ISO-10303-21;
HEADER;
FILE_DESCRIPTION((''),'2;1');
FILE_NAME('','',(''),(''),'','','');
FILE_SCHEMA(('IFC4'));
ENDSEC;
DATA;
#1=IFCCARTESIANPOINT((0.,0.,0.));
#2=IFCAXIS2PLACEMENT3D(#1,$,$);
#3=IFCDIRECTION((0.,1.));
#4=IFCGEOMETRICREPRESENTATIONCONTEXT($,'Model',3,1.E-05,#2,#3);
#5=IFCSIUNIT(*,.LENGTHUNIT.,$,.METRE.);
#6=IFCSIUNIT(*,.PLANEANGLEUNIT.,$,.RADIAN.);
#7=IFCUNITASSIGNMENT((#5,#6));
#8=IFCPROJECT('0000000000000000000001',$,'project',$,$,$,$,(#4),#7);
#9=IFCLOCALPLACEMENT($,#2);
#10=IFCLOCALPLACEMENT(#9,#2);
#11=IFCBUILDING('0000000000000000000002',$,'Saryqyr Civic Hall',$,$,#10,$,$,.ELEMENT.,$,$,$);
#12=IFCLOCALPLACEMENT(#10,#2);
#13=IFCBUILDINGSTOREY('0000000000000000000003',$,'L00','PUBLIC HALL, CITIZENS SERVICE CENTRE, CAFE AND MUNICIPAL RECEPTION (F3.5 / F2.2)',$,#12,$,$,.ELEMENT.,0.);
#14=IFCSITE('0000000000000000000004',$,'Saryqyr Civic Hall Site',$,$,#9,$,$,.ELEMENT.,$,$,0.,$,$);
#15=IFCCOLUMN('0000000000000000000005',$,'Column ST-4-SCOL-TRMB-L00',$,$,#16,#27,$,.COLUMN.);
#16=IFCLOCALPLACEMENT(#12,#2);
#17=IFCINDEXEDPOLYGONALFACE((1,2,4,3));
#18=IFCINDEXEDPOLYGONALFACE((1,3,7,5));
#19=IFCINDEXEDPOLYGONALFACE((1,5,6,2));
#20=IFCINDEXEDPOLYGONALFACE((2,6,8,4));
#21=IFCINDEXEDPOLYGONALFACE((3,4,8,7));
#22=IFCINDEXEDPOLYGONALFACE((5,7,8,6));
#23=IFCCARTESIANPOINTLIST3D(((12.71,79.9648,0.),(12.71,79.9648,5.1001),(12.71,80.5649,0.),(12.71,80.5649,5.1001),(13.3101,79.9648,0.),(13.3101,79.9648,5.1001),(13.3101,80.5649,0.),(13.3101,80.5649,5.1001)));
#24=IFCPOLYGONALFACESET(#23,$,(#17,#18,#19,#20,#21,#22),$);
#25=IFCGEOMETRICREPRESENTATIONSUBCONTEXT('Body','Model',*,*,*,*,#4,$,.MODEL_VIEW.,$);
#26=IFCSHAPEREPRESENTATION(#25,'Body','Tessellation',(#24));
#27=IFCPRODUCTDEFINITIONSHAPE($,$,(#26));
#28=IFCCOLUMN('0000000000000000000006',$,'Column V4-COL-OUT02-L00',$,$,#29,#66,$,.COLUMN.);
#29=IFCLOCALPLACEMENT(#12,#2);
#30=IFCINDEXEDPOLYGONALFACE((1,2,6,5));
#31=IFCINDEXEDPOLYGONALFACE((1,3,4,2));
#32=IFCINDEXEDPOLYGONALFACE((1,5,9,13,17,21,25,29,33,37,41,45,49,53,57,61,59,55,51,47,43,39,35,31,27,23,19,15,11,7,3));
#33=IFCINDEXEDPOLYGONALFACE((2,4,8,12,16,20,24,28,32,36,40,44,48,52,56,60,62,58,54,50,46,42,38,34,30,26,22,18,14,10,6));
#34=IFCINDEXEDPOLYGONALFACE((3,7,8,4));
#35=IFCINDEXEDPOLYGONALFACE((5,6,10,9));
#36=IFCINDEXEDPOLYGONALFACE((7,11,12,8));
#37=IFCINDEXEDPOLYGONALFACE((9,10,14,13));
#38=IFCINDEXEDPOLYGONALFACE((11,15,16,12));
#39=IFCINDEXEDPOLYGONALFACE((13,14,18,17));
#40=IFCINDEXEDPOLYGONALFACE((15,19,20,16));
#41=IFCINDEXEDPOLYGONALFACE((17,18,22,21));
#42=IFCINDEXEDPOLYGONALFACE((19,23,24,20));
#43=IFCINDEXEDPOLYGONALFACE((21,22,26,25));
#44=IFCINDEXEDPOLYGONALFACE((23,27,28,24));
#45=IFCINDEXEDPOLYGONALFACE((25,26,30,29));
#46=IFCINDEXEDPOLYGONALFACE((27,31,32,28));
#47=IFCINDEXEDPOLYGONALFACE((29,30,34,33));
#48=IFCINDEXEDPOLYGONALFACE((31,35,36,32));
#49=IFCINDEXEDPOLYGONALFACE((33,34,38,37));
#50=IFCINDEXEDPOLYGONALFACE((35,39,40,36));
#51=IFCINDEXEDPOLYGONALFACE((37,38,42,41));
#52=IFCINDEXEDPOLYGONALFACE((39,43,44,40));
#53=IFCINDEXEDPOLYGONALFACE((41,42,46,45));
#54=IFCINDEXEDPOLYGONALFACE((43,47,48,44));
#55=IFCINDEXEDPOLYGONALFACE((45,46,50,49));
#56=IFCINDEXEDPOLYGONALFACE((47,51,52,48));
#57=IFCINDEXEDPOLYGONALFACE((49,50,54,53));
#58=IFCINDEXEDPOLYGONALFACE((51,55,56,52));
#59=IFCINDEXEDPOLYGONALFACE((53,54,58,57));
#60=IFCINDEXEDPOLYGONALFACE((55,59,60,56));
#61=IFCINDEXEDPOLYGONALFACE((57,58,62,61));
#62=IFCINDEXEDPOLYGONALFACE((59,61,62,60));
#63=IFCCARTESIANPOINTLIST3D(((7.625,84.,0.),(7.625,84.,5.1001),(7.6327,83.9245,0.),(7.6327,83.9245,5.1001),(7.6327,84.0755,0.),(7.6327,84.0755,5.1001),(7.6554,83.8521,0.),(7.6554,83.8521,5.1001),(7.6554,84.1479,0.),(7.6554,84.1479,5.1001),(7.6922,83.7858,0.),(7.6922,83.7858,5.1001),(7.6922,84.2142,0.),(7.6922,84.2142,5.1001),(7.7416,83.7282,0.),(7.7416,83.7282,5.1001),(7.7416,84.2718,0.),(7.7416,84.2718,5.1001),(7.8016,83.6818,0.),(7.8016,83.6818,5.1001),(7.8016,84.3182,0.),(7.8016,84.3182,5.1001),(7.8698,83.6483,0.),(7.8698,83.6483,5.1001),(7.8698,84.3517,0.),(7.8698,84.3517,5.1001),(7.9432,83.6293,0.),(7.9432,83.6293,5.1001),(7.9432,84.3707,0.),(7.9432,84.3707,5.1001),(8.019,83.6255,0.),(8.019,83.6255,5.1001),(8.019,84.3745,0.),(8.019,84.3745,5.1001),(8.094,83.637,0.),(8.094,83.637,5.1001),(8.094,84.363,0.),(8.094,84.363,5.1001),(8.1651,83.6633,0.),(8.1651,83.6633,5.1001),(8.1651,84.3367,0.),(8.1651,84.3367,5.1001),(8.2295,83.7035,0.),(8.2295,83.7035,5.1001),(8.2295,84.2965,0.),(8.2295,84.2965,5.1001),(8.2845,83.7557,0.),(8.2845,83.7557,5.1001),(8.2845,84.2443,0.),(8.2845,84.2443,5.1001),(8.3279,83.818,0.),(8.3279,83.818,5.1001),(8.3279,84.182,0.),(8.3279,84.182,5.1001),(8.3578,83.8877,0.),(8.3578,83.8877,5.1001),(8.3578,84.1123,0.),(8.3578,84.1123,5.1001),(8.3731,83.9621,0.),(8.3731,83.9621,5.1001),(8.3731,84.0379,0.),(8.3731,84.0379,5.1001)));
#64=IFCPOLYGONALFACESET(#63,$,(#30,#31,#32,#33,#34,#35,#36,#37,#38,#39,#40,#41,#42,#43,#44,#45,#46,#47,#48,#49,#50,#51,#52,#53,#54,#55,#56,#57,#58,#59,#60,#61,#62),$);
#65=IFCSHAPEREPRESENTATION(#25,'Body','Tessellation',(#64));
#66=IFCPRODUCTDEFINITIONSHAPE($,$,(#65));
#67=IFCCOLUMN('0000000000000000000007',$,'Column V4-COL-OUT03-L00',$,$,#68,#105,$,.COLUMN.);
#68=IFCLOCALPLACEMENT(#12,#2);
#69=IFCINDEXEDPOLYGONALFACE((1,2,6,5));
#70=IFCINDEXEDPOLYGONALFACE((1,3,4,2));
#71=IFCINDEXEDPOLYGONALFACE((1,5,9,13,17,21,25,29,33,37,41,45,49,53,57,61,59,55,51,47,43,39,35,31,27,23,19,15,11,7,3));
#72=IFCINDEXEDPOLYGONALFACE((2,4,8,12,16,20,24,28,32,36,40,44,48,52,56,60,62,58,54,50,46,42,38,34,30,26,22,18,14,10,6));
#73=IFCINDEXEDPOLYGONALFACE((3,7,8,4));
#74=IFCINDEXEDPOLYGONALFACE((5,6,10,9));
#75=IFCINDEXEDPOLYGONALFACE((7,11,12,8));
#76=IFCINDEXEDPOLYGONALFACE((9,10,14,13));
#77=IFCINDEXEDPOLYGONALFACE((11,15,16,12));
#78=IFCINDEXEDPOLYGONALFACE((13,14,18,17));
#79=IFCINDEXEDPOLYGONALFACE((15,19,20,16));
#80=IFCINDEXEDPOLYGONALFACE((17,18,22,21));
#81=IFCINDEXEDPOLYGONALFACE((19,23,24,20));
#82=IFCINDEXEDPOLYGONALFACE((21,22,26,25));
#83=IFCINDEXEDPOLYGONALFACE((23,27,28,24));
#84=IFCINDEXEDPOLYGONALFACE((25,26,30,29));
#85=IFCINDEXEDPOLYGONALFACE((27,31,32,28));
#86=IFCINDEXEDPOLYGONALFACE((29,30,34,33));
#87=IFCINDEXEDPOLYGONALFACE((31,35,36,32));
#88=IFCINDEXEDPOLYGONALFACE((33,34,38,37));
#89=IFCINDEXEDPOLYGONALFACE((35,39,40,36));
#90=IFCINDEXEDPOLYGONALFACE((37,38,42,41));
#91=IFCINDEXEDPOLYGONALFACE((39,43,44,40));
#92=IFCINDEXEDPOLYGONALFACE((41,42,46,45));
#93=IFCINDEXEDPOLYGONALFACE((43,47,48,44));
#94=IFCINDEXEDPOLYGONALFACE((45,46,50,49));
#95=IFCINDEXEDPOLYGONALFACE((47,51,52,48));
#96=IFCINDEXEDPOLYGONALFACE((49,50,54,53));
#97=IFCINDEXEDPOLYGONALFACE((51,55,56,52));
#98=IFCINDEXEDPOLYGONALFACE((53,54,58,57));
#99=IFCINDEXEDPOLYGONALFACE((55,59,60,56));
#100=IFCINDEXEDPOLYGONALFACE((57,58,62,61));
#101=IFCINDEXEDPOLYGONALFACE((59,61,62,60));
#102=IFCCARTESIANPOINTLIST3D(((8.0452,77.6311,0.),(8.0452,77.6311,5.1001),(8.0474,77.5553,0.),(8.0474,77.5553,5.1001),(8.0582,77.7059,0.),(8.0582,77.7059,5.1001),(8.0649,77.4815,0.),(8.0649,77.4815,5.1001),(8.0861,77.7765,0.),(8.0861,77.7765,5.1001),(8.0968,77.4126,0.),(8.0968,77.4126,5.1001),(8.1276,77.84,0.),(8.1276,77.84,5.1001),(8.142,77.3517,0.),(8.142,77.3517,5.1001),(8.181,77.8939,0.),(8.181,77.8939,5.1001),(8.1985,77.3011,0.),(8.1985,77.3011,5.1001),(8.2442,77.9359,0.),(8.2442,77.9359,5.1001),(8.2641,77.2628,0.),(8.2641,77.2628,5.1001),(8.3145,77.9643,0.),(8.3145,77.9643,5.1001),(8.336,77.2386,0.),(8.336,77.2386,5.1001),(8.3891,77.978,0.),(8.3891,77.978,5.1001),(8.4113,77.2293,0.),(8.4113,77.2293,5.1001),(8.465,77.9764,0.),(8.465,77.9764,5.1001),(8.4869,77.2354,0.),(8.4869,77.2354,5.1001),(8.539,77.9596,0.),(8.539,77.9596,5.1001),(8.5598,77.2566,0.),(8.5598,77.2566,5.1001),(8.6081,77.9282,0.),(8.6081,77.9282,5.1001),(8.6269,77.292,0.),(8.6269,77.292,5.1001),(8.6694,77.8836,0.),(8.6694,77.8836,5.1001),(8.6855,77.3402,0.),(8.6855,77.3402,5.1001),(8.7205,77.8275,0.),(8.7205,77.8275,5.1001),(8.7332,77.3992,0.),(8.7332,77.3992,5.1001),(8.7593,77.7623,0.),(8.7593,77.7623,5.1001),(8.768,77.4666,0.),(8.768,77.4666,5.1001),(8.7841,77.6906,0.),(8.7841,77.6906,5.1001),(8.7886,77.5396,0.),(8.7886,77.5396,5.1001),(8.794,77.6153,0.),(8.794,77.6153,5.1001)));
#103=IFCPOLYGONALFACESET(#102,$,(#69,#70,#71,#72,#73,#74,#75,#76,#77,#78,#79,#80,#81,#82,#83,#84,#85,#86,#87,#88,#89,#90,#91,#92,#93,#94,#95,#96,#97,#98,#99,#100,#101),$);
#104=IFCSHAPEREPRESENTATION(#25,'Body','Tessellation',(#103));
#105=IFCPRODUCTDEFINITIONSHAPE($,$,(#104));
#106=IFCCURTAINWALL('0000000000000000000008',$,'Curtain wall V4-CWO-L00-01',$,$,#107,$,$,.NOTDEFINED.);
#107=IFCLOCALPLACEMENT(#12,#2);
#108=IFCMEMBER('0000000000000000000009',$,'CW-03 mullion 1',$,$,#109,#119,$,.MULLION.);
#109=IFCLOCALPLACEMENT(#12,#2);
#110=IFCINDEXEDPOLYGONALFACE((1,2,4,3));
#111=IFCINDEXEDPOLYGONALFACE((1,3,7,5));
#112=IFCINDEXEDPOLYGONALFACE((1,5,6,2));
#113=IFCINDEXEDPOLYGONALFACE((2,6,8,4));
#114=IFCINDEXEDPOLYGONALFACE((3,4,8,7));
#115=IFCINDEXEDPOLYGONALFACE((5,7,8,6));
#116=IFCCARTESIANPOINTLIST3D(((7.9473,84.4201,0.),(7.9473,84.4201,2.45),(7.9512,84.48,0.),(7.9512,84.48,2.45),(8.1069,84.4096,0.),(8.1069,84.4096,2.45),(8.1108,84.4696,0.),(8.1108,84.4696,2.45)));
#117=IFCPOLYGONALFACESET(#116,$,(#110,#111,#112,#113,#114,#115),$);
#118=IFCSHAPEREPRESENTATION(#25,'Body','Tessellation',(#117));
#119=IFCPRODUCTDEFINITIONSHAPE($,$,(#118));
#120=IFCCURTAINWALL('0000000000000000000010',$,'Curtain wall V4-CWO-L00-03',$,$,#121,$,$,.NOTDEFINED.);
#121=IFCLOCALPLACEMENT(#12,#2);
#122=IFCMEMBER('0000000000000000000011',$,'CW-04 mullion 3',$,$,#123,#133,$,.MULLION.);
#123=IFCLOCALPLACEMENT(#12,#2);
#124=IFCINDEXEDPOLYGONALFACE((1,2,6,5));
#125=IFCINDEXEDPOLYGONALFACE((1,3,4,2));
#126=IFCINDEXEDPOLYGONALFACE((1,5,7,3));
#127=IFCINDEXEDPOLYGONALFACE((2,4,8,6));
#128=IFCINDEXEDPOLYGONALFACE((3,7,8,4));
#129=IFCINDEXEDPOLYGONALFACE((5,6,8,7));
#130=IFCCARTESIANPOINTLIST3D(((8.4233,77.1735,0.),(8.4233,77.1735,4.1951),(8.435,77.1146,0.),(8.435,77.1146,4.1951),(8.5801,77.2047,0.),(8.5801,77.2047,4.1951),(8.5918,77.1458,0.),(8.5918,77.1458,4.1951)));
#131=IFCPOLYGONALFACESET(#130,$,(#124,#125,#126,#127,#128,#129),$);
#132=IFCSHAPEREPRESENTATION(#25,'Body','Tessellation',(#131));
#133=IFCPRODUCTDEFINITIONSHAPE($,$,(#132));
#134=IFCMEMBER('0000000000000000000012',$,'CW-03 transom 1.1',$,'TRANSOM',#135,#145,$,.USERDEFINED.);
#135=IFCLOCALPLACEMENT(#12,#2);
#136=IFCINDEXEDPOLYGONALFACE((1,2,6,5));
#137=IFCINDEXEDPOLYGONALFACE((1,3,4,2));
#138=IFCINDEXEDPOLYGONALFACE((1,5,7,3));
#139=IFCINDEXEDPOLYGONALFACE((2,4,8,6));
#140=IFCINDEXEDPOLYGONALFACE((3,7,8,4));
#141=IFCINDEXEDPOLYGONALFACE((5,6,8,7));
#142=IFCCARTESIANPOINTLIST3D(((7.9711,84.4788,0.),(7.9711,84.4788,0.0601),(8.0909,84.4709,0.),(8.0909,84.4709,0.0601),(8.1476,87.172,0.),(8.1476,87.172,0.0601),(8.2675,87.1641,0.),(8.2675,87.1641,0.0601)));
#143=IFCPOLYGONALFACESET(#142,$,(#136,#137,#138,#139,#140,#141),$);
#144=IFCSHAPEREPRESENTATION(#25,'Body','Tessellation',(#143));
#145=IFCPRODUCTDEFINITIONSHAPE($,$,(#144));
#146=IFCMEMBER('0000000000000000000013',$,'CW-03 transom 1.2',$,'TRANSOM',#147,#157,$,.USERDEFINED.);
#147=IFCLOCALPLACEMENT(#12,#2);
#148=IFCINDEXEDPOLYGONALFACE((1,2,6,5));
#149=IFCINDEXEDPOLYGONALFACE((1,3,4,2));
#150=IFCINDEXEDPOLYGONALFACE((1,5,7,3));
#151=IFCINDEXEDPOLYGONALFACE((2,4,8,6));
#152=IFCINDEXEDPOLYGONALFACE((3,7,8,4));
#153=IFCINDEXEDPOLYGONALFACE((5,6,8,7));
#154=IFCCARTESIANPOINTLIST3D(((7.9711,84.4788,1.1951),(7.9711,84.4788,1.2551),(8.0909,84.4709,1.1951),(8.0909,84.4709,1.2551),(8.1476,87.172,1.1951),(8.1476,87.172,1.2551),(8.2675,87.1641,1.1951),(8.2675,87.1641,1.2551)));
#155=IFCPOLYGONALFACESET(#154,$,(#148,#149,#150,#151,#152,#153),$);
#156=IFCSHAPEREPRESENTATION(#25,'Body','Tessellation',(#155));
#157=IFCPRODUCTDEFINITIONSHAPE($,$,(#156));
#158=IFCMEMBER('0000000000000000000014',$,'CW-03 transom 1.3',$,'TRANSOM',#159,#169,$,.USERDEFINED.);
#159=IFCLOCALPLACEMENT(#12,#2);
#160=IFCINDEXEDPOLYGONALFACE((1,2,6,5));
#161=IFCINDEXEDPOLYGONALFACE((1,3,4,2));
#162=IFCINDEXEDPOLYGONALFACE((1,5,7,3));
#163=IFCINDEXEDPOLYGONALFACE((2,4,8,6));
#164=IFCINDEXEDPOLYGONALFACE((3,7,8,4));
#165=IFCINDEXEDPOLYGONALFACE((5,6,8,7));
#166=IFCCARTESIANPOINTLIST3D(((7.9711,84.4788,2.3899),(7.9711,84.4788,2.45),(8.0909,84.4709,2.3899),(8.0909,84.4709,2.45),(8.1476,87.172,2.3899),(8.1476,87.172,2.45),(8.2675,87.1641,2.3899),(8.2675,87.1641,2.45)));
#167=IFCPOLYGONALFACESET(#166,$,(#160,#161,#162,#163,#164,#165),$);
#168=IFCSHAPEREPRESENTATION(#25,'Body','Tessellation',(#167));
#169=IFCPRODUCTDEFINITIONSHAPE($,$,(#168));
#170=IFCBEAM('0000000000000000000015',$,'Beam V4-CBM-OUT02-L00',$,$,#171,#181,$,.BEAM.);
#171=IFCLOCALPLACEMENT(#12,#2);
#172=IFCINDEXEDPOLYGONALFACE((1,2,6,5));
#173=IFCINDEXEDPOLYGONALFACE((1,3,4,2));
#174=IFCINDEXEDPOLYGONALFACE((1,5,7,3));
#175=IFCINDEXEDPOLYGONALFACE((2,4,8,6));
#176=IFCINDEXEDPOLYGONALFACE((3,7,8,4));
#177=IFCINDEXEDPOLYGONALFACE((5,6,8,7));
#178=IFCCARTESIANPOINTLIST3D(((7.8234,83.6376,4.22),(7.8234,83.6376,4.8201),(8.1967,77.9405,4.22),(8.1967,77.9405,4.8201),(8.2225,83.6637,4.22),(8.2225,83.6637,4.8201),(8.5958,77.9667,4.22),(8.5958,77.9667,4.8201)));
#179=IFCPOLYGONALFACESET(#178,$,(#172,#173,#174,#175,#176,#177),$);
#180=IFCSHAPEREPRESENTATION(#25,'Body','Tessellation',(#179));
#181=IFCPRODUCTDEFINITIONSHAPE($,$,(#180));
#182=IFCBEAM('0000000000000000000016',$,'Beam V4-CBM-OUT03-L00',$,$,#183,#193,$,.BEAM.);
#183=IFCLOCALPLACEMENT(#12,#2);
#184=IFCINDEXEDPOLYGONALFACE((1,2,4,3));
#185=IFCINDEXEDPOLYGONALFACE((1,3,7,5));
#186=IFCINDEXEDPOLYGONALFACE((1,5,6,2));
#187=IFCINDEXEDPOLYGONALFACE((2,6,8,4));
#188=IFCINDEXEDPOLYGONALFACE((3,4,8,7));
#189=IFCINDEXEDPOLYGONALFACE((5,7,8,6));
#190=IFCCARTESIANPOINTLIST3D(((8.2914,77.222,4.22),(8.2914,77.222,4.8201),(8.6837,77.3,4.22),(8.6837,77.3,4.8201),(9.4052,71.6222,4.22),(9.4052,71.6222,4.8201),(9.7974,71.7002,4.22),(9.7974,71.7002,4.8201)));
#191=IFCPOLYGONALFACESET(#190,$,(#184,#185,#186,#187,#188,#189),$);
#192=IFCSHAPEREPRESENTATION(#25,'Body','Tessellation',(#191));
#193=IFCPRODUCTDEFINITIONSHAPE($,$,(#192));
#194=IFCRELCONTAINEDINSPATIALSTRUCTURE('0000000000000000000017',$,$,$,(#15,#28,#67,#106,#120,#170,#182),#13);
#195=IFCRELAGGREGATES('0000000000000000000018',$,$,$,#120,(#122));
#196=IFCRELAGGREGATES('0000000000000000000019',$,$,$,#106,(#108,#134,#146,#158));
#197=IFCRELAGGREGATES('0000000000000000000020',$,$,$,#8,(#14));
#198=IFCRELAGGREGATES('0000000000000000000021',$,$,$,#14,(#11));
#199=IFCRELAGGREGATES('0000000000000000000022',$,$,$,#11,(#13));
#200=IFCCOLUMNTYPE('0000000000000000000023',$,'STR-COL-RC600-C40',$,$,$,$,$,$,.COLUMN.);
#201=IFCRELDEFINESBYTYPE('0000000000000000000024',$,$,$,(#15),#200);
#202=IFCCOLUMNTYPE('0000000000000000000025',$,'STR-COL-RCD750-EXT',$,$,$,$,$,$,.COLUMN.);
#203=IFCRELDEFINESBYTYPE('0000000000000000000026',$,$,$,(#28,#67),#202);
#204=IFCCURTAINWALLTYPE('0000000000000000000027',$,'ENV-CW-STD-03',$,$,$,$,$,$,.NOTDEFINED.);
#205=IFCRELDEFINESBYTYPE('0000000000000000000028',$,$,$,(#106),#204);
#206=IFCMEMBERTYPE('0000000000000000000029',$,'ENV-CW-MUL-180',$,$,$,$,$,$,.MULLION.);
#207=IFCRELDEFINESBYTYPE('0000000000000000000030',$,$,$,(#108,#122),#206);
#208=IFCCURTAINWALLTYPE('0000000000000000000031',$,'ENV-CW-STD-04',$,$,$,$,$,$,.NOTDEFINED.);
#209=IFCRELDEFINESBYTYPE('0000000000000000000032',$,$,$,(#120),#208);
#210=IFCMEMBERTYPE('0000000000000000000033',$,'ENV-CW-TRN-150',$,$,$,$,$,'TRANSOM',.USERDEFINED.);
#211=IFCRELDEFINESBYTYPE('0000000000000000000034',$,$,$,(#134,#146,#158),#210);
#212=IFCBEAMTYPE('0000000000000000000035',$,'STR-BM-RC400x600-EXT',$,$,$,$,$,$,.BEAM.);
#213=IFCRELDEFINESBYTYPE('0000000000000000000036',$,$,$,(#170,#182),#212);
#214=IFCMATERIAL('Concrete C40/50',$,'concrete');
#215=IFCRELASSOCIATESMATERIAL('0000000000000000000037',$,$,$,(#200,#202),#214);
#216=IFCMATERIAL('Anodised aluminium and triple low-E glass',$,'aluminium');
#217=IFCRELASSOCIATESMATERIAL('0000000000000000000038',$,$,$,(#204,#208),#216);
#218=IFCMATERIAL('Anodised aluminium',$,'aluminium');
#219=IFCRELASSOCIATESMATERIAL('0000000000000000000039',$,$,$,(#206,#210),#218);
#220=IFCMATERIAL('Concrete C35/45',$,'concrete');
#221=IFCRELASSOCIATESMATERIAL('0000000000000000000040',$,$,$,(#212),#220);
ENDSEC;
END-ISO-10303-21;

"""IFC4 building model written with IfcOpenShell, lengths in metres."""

from ifc_helpers import new_model, si_unit, direction, frame, origin, origin_2d, place, context, subcontext, project, spatial, rectangle, circle, extrude, material, material_profile, profile_set, type_object, element, aggregate, save


model = new_model("IFC4")

# Units and contexts
model_context = context("Model", 3, precision=1e-05, world=origin(), true_north=direction((0.0, 1.0)))
body_context = subcontext(model_context, "Body", "Model", "MODEL_VIEW")
ifc_project = project(units=[si_unit("LENGTHUNIT", "METRE"), si_unit("PLANEANGLEUNIT", "RADIAN")], contexts=[model_context])

# Site, building, storey
site_placement = place(None, origin())
site = spatial("IfcSite", under=ifc_project, at=site_placement, Name="Saryqyr Civic Hall Site", CompositionType="ELEMENT", RefElevation=0.0)
building_placement = place(site_placement, origin())
building = spatial("IfcBuilding", under=site, at=building_placement, Name="Saryqyr Civic Hall", CompositionType="ELEMENT")
storey_placement = place(building_placement, origin())
storey = spatial("IfcBuildingStorey", under=building, at=storey_placement, Name="L00", Description="PUBLIC HALL, CITIZENS SERVICE CENTRE, CAFE AND MUNICIPAL RECEPTION (F3.5 / F2.2)", CompositionType="ELEMENT", Elevation=0.0)

# Columns
ifc_material_1 = material(Name="Concrete C40/50", Category="concrete")
ifc_material_profile_1 = material_profile(ifc_material_1, rectangle(XDim=0.6001, YDim=0.6001, at=origin_2d()), Name="RC 600x600")
ifc_profile_set_1 = profile_set([ifc_material_profile_1], Name="Concrete C40/50")
column_type_1 = type_object("IfcColumnType", Name="STR-COL-RC600-C40", PredefinedType="COLUMN", material=ifc_profile_set_1)
column_placement = place(storey_placement, frame((13.01, 80.2649, 0.0), z_axis=(0.0, 0.0, 1.0), x_axis=(1.0, 0.0, 0.0)))
element("IfcColumn", 1, at=column_placement, inside=storey, type_object=column_type_1, Name="Column ST-4-SCOL-TRMB-L00", PredefinedType="COLUMN", context=body_context, shape_type="SweptSolid", body=[
    extrude(rectangle(XDim=0.6001, YDim=0.6001, at=origin_2d()), origin(), (0.0, 0.0, 1.0), 5.1001),
])
ifc_material_profile_2 = material_profile(ifc_material_1, circle(Radius=0.375, at=origin_2d()), Name="RC D750")
ifc_profile_set_2 = profile_set([ifc_material_profile_2], Name="Concrete C40/50")
column_type_2 = type_object("IfcColumnType", Name="STR-COL-RCD750-EXT", PredefinedType="COLUMN", material=ifc_profile_set_2)
for number, where, z_axis, x_axis, name in (
    (2, (8.0, 84.0, 0.0), (0.0, 0.0, 1.0), (-1.0, 0.0, 0.0), "Column V4-COL-OUT02-L00"),
    (3, (8.4192, 77.6042, 0.0), (0.0, 0.0, 1.0), (-0.991445, -0.130526, 0.0), "Column V4-COL-OUT03-L00"),
):
    element("IfcColumn", number, at=place(storey_placement, frame(where, z_axis=z_axis, x_axis=x_axis)), inside=storey, type_object=column_type_2, Name=name, PredefinedType="COLUMN", context=body_context, shape_type="SweptSolid", body=[
        extrude(circle(Radius=0.375, at=origin_2d()), origin(), (0.0, 0.0, 1.0), 5.1001),
    ])

# Curtain walls, members
ifc_material_2 = material(Name="Anodised aluminium and triple low-E glass", Category="aluminium")
curtain_wall_type_1 = type_object("IfcCurtainWallType", Name="ENV-CW-STD-03", PredefinedType="NOTDEFINED", material=ifc_material_2)
curtain_wall_1_placement = place(storey_placement, origin())
curtain_wall_1 = element("IfcCurtainWall", 4, at=curtain_wall_1_placement, inside=storey, type_object=curtain_wall_type_1, Name="Curtain wall V4-CWO-L00-01", PredefinedType="NOTDEFINED")
ifc_material_3 = material(Name="Anodised aluminium", Category="aluminium")
ifc_material_profile_3 = material_profile(ifc_material_3, rectangle(XDim=0.0601, YDim=0.1599, at=origin_2d()), Name="ALU MULLION 60x160")
ifc_profile_set_3 = profile_set([ifc_material_profile_3], Name="Anodised aluminium")
member_type_1 = type_object("IfcMemberType", Name="ENV-CW-MUL-180", PredefinedType="MULLION", material=ifc_profile_set_3)
member_1_placement = place(storey_placement, frame((8.0291, 84.4448, 0.0), z_axis=(0.0, 0.0, 1.0), x_axis=(0.065403, 0.997859, 0.0)))
member_1 = element("IfcMember", 5, at=member_1_placement, type_object=member_type_1, Name="CW-03 mullion 1", PredefinedType="MULLION", context=body_context, shape_type="SweptSolid", body=[
    extrude(rectangle(XDim=0.0601, YDim=0.1599, at=origin_2d()), origin(), (0.0, 0.0, 1.0), 2.45),
])
curtain_wall_type_2 = type_object("IfcCurtainWallType", Name="ENV-CW-STD-04", PredefinedType="NOTDEFINED", material=ifc_material_2)
curtain_wall_2_placement = place(storey_placement, origin())
curtain_wall_2 = element("IfcCurtainWall", 6, at=curtain_wall_2_placement, inside=storey, type_object=curtain_wall_type_2, Name="Curtain wall V4-CWO-L00-03", PredefinedType="NOTDEFINED")
member_2_placement = place(storey_placement, frame((8.5076, 77.1597, 0.0), z_axis=(0.0, 0.0, 1.0), x_axis=(-0.195103, 0.980783, 0.0)))
member_2 = element("IfcMember", 7, at=member_2_placement, type_object=member_type_1, Name="CW-04 mullion 3", PredefinedType="MULLION", context=body_context, shape_type="SweptSolid", body=[
    extrude(rectangle(XDim=0.0601, YDim=0.1599, at=origin_2d()), origin(), (0.0, 0.0, 1.0), 4.1951),
])
aggregate(curtain_wall_2, [member_2])

# Members
ifc_material_profile_4 = material_profile(ifc_material_3, rectangle(XDim=0.1201, YDim=0.0601, at=origin_2d()), Name="ALU TRANSOM 120x60")
ifc_profile_set_4 = profile_set([ifc_material_profile_4], Name="Anodised aluminium")
member_type_2 = type_object("IfcMemberType", Name="ENV-CW-TRN-150", ElementType="TRANSOM", PredefinedType="USERDEFINED", material=ifc_profile_set_4)
member_3_placement = place(storey_placement, frame((8.031, 84.4749, 0.03), z_axis=(0.065402, 0.997859, 0.0), x_axis=(-0.997859, 0.065402, 0.0)))
member_3 = element("IfcMember", 8, at=member_3_placement, type_object=member_type_2, Name="CW-03 transom 1.1", ObjectType="TRANSOM", PredefinedType="USERDEFINED", context=body_context, shape_type="SweptSolid", body=[
    extrude(rectangle(XDim=0.1201, YDim=0.0601, at=origin_2d()), origin(), (0.0, 0.0, 1.0), 2.699),
])
member_4_placement = place(storey_placement, frame((8.031, 84.4749, 1.2251), z_axis=(0.065402, 0.997859, 0.0), x_axis=(-0.997859, 0.065402, 0.0)))
member_4 = element("IfcMember", 9, at=member_4_placement, type_object=member_type_2, Name="CW-03 transom 1.2", ObjectType="TRANSOM", PredefinedType="USERDEFINED", context=body_context, shape_type="SweptSolid", body=[
    extrude(rectangle(XDim=0.1201, YDim=0.0601, at=origin_2d()), origin(), (0.0, 0.0, 1.0), 2.699),
])
member_5_placement = place(storey_placement, frame((8.031, 84.4749, 2.4199), z_axis=(0.065402, 0.997859, 0.0), x_axis=(-0.997859, 0.065402, 0.0)))
member_5 = element("IfcMember", 10, at=member_5_placement, type_object=member_type_2, Name="CW-03 transom 1.3", ObjectType="TRANSOM", PredefinedType="USERDEFINED", context=body_context, shape_type="SweptSolid", body=[
    extrude(rectangle(XDim=0.1201, YDim=0.0601, at=origin_2d()), origin(), (0.0, 0.0, 1.0), 2.699),
])
aggregate(curtain_wall_1, [member_1, member_3, member_4, member_5])

# Beams
ifc_material_4 = material(Name="Concrete C35/45", Category="concrete")
ifc_material_profile_5 = material_profile(ifc_material_4, rectangle(XDim=0.3999, YDim=0.6001, at=origin_2d()), Name="RC 400x600")
ifc_profile_set_5 = profile_set([ifc_material_profile_5], Name="Concrete C35/45")
beam_type = type_object("IfcBeamType", Name="STR-BM-RC400x600-EXT", PredefinedType="BEAM", material=ifc_profile_set_5)
beam_1_placement = place(storey_placement, frame((8.0229, 83.6506, 4.52), z_axis=(0.065384, -0.99786, 0.0), x_axis=(0.99786, 0.065384, 0.0)))
element("IfcBeam", 11, at=beam_1_placement, inside=storey, type_object=beam_type, Name="Beam V4-CBM-OUT02-L00", PredefinedType="BEAM", context=body_context, shape_type="SweptSolid", body=[
    extrude(rectangle(XDim=0.3999, YDim=0.6001, at=origin_2d()), origin(), (0.0, 0.0, 1.0), 5.7092),
])
beam_2_placement = place(storey_placement, frame((8.4875, 77.261, 4.52), z_axis=(0.195072, -0.980789, 0.0), x_axis=(0.980789, 0.195072, 0.0)))
element("IfcBeam", 12, at=beam_2_placement, inside=storey, type_object=beam_type, Name="Beam V4-CBM-OUT03-L00", PredefinedType="BEAM", context=body_context, shape_type="SweptSolid", body=[
    extrude(rectangle(XDim=0.3999, YDim=0.6001, at=origin_2d()), origin(), (0.0, 0.0, 1.0), 5.7095),
])

save(model, "model.ifc")
